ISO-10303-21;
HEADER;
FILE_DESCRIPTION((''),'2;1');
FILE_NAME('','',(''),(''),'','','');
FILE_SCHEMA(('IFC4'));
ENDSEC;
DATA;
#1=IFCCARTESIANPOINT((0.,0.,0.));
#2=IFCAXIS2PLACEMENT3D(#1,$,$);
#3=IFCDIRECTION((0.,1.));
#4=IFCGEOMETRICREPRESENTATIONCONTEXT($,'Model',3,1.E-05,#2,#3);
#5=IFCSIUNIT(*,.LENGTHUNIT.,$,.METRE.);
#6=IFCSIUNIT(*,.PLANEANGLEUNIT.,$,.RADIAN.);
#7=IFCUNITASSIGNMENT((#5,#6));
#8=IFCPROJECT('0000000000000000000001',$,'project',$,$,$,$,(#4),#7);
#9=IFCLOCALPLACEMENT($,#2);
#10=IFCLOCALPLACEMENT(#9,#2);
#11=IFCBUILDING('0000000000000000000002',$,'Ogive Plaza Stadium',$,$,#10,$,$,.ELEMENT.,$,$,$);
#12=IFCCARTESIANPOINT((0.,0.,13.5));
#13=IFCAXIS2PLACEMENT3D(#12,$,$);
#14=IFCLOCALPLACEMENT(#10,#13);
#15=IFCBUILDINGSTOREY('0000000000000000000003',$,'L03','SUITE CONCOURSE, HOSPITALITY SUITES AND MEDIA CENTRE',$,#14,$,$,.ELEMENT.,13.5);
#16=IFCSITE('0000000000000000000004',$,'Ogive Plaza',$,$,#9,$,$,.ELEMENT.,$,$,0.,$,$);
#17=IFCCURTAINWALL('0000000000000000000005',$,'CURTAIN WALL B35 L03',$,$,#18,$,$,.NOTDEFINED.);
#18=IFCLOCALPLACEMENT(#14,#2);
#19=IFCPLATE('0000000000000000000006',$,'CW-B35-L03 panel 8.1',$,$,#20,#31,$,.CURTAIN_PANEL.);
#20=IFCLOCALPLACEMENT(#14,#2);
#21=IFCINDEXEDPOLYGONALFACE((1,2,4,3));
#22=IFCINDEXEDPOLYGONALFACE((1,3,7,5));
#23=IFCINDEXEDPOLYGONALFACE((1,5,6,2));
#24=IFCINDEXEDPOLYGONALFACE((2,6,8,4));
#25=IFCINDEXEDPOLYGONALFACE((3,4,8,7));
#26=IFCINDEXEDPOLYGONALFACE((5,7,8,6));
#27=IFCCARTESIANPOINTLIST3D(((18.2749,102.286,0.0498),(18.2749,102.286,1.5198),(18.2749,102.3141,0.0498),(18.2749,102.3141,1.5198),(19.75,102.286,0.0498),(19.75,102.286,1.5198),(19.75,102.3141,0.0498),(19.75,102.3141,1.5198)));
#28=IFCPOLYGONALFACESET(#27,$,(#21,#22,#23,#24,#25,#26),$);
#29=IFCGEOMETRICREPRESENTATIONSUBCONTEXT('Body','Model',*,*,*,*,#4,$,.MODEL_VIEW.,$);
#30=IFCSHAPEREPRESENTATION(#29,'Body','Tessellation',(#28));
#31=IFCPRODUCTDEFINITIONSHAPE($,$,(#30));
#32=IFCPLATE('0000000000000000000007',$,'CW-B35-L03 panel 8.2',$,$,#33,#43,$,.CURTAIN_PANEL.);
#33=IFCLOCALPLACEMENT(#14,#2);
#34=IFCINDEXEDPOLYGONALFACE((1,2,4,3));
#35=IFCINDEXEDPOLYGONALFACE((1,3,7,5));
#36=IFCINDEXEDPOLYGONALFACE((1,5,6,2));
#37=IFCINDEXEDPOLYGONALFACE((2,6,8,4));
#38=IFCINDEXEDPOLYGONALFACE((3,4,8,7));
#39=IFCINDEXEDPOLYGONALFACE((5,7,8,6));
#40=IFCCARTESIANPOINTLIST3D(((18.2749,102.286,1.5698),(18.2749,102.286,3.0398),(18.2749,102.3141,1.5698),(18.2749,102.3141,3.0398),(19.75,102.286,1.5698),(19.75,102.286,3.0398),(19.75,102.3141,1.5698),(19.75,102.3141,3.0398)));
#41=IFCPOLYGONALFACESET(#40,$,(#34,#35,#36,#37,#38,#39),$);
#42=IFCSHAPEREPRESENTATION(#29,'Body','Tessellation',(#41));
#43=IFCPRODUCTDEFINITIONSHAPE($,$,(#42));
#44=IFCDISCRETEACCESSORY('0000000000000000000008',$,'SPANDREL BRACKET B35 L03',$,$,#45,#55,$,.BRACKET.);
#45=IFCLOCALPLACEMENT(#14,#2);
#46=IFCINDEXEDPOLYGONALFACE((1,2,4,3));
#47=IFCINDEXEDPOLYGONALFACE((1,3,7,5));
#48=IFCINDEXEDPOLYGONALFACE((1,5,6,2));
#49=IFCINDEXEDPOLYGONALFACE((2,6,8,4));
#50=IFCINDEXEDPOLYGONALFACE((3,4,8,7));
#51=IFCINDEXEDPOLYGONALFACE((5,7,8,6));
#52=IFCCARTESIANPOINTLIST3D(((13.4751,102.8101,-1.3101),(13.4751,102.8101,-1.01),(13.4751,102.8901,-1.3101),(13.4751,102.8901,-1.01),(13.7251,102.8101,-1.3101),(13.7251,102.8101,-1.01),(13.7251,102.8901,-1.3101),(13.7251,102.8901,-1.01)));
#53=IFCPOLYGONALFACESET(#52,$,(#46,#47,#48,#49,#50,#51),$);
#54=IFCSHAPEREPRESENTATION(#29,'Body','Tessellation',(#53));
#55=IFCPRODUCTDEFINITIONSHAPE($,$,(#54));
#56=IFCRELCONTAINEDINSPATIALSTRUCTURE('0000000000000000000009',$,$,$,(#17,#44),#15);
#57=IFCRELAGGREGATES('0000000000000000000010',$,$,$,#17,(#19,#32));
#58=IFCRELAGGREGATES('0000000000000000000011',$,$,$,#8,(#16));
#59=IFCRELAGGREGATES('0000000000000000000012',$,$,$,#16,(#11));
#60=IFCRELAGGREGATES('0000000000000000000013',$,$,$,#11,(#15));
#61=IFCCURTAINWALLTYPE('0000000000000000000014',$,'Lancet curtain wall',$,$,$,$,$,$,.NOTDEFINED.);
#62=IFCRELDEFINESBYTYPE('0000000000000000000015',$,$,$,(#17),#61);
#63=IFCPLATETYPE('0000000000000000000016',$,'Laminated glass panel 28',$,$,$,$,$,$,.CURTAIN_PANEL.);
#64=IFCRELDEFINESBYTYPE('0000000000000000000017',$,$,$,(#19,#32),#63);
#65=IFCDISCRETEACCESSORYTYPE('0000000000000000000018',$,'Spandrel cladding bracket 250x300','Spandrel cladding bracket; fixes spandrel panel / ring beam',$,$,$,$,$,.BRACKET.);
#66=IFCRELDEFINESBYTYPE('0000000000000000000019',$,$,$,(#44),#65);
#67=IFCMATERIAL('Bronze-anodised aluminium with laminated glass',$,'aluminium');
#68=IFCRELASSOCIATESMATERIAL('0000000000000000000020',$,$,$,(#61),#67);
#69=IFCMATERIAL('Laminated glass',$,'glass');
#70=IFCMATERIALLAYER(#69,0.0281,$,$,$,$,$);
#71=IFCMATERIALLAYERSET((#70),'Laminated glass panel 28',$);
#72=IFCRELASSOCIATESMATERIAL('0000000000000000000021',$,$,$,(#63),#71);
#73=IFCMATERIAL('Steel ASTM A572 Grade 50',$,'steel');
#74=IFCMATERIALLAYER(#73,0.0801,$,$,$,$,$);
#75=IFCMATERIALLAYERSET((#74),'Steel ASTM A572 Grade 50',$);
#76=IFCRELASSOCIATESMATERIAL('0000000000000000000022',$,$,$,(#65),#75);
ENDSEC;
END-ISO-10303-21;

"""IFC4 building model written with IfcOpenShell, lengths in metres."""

from ifc_helpers import new_model, si_unit, direction, frame, origin, origin_2d, place, context, subcontext, project, spatial, rectangle, extrude, material, layer, layer_set, type_object, element, aggregate, save


model = new_model("IFC4")

# Units and contexts
model_context = context("Model", 3, precision=1e-05, world=origin(), true_north=direction((0.0, 1.0)))
body_context = subcontext(model_context, "Body", "Model", "MODEL_VIEW")
ifc_project = project(units=[si_unit("LENGTHUNIT", "METRE"), si_unit("PLANEANGLEUNIT", "RADIAN")], contexts=[model_context])

# Site, building, storey
site_placement = place(None, origin())
site = spatial("IfcSite", under=ifc_project, at=site_placement, Name="Ogive Plaza", CompositionType="ELEMENT", RefElevation=0.0)
building_placement = place(site_placement, origin())
building = spatial("IfcBuilding", under=site, at=building_placement, Name="Ogive Plaza Stadium", CompositionType="ELEMENT")
storey_placement = place(building_placement, frame((0.0, 0.0, 13.5)))
storey = spatial("IfcBuildingStorey", under=building, at=storey_placement, Name="L03", Description="SUITE CONCOURSE, HOSPITALITY SUITES AND MEDIA CENTRE", CompositionType="ELEMENT", Elevation=13.5)

# Curtain wall
ifc_material_1 = material(Name="Bronze-anodised aluminium with laminated glass", Category="aluminium")
curtain_wall_type = type_object("IfcCurtainWallType", Name="Lancet curtain wall", PredefinedType="NOTDEFINED", material=ifc_material_1)
curtain_wall_1_placement = place(storey_placement, origin())
curtain_wall_1 = element("IfcCurtainWall", 1, at=curtain_wall_1_placement, inside=storey, type_object=curtain_wall_type, Name="CURTAIN WALL B35 L03", PredefinedType="NOTDEFINED")

# Plates
ifc_material_2 = material(Name="Laminated glass", Category="glass")
ifc_layer_1 = layer(ifc_material_2, 0.0281)
ifc_layer_set_1 = layer_set([ifc_layer_1], Name="Laminated glass panel 28")
plate_type = type_object("IfcPlateType", Name="Laminated glass panel 28", PredefinedType="CURTAIN_PANEL", material=ifc_layer_set_1)
plate_1_placement = place(storey_placement, frame((19.0125, 102.3, 0.0498), z_axis=(0.0, 0.0, 1.0), x_axis=(1.0, 0.0, 0.0)))
plate_1 = element("IfcPlate", 2, at=plate_1_placement, type_object=plate_type, Name="CW-B35-L03 panel 8.1", PredefinedType="CURTAIN_PANEL", context=body_context, shape_type="SweptSolid", body=[
    extrude(rectangle(XDim=1.4751, YDim=0.0281, at=origin_2d()), origin(), (0.0, 0.0, 1.0), 1.47),
])
plate_2_placement = place(storey_placement, frame((19.0125, 102.3, 1.5698), z_axis=(0.0, 0.0, 1.0), x_axis=(1.0, 0.0, 0.0)))
plate_2 = element("IfcPlate", 3, at=plate_2_placement, type_object=plate_type, Name="CW-B35-L03 panel 8.2", PredefinedType="CURTAIN_PANEL", context=body_context, shape_type="SweptSolid", body=[
    extrude(rectangle(XDim=1.4751, YDim=0.0281, at=origin_2d()), origin(), (0.0, 0.0, 1.0), 1.47),
])
aggregate(curtain_wall_1, [plate_1, plate_2])

# Discrete accessory
ifc_material_3 = material(Name="Steel ASTM A572 Grade 50", Category="steel")
ifc_layer_2 = layer(ifc_material_3, 0.0801)
ifc_layer_set_2 = layer_set([ifc_layer_2], Name="Steel ASTM A572 Grade 50")
discrete_accessory_type = type_object("IfcDiscreteAccessoryType", Name="Spandrel cladding bracket 250x300", Description="Spandrel cladding bracket; fixes spandrel panel / ring beam", PredefinedType="BRACKET", material=ifc_layer_set_2)
discrete_accessory_placement = place(storey_placement, frame((13.6001, 102.8501, -1.3101), z_axis=(0.0, 0.0, 1.0), x_axis=(1.0, 0.0, 0.0)))
element("IfcDiscreteAccessory", 4, at=discrete_accessory_placement, inside=storey, type_object=discrete_accessory_type, Name="SPANDREL BRACKET B35 L03", PredefinedType="BRACKET", context=body_context, shape_type="SweptSolid", body=[
    extrude(rectangle(XDim=0.25, YDim=0.0801, at=origin_2d()), origin(), (0.0, 0.0, 1.0), 0.3),
])

save(model, "model.ifc")
